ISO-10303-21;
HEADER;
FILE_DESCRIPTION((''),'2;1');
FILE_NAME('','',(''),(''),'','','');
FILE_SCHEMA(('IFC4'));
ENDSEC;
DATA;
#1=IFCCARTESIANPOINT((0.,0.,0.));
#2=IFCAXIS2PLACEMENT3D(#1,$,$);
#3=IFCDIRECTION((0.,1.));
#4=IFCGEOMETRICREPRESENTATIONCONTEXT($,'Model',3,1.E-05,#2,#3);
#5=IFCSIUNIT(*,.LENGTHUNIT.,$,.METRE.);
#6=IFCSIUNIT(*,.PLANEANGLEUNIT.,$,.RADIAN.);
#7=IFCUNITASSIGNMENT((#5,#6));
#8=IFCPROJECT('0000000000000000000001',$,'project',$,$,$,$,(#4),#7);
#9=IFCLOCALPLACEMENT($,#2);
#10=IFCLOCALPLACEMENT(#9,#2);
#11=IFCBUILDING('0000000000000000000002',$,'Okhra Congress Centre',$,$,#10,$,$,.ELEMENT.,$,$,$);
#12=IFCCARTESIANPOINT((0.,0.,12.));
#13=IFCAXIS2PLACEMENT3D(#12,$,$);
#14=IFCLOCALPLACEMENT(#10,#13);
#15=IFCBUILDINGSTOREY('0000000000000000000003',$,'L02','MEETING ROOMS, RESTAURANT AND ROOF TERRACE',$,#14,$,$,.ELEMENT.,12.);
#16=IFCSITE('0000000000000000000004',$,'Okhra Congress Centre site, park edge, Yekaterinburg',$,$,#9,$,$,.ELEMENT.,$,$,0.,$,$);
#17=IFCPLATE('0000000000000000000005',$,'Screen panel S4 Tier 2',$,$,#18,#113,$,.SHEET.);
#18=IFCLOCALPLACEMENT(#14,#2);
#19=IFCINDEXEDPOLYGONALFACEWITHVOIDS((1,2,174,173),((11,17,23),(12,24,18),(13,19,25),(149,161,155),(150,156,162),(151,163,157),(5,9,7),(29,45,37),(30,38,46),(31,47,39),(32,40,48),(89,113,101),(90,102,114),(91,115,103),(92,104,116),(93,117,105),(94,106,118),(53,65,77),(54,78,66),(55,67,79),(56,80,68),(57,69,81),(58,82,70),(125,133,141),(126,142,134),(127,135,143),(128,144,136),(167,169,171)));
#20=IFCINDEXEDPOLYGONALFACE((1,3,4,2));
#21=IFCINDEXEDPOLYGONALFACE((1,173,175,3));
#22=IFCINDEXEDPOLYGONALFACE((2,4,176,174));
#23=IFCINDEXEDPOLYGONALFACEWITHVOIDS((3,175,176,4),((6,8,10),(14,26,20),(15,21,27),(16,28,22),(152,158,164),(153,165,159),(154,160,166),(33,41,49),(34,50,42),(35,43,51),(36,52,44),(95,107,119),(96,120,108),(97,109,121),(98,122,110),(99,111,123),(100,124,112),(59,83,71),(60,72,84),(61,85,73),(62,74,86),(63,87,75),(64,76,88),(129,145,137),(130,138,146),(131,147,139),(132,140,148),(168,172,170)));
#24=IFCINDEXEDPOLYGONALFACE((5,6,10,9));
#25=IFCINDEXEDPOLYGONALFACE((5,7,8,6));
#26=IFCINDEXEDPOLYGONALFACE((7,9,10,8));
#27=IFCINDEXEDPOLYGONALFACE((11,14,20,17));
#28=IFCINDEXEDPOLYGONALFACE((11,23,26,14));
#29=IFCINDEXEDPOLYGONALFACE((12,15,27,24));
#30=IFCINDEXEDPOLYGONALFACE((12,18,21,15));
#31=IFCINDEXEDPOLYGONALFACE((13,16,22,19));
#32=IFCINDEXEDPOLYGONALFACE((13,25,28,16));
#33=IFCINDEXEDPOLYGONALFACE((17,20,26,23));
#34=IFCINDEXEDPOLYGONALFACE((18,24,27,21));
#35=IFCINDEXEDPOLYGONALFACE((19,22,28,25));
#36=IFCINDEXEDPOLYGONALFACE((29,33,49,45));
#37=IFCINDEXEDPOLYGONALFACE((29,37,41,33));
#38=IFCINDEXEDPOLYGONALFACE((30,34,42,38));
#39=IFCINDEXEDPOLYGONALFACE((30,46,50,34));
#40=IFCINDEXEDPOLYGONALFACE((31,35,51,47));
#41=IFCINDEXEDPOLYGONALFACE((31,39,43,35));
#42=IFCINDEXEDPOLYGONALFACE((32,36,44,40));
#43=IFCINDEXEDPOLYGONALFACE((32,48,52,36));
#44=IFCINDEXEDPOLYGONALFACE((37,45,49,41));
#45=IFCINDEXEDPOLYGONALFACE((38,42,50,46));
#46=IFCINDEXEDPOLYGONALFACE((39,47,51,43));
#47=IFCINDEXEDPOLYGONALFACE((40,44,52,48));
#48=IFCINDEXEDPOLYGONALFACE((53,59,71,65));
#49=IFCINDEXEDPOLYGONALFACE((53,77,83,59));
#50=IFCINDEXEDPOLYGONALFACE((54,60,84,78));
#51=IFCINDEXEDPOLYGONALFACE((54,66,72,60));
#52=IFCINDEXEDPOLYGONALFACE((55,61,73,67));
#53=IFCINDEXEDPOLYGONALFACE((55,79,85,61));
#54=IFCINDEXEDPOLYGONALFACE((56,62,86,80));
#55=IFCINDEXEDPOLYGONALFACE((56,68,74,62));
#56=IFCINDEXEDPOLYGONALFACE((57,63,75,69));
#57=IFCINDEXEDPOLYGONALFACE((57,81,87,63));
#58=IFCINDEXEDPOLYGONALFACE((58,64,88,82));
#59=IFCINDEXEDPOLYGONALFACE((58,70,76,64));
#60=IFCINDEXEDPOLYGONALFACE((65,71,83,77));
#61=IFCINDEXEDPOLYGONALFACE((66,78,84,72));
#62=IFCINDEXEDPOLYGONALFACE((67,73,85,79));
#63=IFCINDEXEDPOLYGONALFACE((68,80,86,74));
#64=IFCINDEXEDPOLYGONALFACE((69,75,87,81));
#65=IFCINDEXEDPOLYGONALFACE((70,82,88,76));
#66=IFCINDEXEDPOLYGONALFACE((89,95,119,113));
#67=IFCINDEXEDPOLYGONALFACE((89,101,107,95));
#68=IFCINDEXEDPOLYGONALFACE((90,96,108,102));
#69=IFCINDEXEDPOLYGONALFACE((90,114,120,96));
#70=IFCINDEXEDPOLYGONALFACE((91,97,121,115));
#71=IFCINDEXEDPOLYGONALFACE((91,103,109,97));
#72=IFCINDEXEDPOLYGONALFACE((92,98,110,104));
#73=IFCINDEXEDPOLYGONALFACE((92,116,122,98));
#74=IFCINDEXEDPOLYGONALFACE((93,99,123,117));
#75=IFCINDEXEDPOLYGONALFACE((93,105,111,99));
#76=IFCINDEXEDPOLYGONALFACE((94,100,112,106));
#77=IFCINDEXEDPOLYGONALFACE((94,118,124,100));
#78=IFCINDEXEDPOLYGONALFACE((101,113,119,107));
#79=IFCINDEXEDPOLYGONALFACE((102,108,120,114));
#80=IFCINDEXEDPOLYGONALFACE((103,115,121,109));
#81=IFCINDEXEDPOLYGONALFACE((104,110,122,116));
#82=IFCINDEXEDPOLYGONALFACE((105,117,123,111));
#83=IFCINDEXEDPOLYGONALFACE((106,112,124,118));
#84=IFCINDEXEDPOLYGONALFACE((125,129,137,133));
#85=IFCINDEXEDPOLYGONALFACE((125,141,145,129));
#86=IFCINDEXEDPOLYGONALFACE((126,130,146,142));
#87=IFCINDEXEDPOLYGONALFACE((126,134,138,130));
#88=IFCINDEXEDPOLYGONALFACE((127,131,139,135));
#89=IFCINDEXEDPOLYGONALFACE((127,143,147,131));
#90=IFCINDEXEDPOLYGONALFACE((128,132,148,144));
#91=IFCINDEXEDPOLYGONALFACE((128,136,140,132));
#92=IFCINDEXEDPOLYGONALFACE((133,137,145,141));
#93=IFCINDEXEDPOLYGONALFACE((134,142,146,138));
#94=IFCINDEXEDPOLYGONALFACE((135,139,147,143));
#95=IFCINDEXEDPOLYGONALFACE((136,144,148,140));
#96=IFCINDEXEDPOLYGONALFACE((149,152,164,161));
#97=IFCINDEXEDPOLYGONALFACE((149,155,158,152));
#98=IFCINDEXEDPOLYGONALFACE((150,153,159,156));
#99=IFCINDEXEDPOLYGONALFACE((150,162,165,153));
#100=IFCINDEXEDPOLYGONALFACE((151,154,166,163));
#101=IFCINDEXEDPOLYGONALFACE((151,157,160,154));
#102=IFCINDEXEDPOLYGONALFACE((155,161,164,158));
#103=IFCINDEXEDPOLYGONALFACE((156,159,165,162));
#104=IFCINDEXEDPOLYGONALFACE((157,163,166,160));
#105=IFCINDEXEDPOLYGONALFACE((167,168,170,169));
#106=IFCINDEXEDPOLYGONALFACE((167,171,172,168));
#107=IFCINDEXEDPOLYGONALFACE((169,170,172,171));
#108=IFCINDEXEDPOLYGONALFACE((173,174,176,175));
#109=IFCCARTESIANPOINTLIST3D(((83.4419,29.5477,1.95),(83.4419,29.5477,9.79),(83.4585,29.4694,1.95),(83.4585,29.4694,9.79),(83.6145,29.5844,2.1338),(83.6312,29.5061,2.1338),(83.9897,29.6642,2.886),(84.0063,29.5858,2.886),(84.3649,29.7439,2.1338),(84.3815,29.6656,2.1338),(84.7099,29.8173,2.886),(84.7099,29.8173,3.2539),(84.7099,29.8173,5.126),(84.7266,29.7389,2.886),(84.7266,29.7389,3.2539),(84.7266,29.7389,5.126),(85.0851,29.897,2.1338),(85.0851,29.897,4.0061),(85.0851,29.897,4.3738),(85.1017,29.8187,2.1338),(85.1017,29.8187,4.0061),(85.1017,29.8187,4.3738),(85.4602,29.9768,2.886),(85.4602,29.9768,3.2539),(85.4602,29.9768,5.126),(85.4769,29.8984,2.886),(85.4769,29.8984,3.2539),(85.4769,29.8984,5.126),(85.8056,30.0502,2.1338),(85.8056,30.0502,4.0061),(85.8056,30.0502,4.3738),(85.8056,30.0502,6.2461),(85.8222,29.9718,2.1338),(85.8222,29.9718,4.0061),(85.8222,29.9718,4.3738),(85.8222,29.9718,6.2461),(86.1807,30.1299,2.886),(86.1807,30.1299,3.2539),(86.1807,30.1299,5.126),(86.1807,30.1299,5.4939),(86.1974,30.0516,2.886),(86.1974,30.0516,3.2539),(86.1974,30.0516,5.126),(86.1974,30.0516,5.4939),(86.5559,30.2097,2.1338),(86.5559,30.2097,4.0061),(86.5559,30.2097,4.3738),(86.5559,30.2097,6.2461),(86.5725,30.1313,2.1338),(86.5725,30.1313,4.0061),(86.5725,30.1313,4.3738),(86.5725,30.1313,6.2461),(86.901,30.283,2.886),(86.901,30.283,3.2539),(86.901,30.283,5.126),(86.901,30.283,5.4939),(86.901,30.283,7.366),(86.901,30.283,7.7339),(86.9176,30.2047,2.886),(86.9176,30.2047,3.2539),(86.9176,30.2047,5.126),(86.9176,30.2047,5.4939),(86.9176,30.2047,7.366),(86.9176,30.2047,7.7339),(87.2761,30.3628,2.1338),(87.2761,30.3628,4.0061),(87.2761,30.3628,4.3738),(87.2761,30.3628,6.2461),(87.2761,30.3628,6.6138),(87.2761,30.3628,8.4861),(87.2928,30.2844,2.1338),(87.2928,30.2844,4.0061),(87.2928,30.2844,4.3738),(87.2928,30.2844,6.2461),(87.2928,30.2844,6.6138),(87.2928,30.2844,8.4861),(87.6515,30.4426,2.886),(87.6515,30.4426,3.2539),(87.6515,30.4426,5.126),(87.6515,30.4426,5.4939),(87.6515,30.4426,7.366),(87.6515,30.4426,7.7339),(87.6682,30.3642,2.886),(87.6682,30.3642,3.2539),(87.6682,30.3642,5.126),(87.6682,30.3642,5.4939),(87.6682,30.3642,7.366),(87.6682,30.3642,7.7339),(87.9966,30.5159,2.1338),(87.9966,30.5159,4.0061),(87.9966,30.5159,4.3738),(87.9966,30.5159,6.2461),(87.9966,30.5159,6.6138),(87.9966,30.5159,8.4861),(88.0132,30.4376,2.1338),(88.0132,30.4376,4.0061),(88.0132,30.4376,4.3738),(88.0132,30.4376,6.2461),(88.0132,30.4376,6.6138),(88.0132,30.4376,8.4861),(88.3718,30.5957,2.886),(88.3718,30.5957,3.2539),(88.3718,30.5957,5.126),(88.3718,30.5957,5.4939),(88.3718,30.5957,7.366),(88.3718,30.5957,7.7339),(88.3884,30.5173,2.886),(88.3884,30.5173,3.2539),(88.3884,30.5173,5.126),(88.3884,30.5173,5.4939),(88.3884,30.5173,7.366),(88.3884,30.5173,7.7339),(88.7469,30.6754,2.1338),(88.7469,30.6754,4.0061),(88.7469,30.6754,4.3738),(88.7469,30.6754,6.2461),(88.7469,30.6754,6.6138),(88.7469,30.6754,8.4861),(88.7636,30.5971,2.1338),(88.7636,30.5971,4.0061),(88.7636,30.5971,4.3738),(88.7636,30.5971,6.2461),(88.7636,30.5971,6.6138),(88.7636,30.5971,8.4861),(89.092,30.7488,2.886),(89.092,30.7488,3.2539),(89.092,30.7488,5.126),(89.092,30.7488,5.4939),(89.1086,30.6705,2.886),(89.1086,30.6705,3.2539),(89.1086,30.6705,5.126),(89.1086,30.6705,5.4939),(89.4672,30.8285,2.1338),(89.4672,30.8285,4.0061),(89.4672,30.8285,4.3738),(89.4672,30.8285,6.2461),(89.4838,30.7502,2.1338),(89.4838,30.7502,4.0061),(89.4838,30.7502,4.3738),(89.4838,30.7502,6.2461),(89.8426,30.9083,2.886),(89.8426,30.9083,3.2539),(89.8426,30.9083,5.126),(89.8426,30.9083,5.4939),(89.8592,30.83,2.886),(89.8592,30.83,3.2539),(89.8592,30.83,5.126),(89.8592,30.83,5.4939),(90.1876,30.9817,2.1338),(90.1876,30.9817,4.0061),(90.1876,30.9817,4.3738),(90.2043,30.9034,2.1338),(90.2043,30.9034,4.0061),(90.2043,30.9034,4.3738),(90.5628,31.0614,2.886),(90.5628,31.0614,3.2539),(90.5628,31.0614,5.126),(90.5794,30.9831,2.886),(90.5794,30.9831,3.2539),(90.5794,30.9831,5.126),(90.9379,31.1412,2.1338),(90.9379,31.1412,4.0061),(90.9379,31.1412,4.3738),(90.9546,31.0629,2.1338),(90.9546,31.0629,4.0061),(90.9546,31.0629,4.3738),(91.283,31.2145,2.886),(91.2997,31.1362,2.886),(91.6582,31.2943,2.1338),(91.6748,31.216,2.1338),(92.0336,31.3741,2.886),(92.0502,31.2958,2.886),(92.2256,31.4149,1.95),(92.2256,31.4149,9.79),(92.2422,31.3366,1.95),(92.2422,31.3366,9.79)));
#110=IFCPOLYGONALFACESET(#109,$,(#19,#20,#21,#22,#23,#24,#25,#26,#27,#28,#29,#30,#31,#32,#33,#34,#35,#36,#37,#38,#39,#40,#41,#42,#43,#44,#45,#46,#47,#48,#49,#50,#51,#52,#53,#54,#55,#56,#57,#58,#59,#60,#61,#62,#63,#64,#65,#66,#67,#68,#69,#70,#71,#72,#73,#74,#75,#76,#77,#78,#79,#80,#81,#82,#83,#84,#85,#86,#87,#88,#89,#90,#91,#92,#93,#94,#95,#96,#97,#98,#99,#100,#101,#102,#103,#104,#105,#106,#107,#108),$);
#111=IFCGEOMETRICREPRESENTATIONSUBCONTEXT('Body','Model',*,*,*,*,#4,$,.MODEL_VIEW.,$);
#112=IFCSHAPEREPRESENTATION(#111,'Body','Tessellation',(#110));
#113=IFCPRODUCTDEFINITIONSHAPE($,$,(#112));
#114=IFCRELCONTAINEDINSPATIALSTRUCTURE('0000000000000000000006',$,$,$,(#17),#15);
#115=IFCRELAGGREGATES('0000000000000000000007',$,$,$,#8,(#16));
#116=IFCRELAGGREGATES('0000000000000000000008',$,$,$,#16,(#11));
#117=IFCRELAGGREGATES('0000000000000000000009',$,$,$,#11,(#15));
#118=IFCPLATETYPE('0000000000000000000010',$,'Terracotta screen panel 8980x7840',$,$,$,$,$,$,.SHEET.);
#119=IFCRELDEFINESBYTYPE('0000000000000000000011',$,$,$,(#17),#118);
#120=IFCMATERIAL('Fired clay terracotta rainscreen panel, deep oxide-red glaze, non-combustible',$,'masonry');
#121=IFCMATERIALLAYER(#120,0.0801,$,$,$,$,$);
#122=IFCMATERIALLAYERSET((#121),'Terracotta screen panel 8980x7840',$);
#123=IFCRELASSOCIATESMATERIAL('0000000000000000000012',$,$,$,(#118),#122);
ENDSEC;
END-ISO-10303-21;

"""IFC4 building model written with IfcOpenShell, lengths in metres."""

from ifc_helpers import new_model, si_unit, direction, frame, origin, place, context, subcontext, project, spatial, polyline, outline, extrude, material, layer, layer_set, type_object, element, save


model = new_model("IFC4")

# Units and contexts
model_context = context("Model", 3, precision=1e-05, world=origin(), true_north=direction((0.0, 1.0)))
body_context = subcontext(model_context, "Body", "Model", "MODEL_VIEW")
ifc_project = project(units=[si_unit("LENGTHUNIT", "METRE"), si_unit("PLANEANGLEUNIT", "RADIAN")], contexts=[model_context])

# Site, building, storey
site_placement = place(None, origin())
site = spatial("IfcSite", under=ifc_project, at=site_placement, Name="Okhra Congress Centre site, park edge, Yekaterinburg", CompositionType="ELEMENT", RefElevation=0.0)
building_placement = place(site_placement, origin())
building = spatial("IfcBuilding", under=site, at=building_placement, Name="Okhra Congress Centre", CompositionType="ELEMENT")
storey_placement = place(building_placement, frame((0.0, 0.0, 12.0)))
storey = spatial("IfcBuildingStorey", under=building, at=storey_placement, Name="L02", Description="MEETING ROOMS, RESTAURANT AND ROOF TERRACE", CompositionType="ELEMENT", Elevation=12.0)

# Plate
ifc_material_1 = material(Name="Fired clay terracotta rainscreen panel, deep oxide-red glaze, non-combustible", Category="masonry")
ifc_layer_1 = layer(ifc_material_1, 0.0801)
ifc_layer_set_1 = layer_set([ifc_layer_1], Name="Terracotta screen panel 8980x7840")
plate_type = type_object("IfcPlateType", Name="Terracotta screen panel 8980x7840", PredefinedType="SHEET", material=ifc_layer_set_1)
plate_1_placement = place(storey_placement, frame((83.4502, 29.5085, 1.95), z_axis=(0.0, 0.0, 1.0), x_axis=(0.978144, 0.207928, 0.0)))
element("IfcPlate", 1, at=plate_1_placement, inside=storey, type_object=plate_type, Name="Screen panel S4 Tier 2", PredefinedType="SHEET", context=body_context, shape_type="SweptSolid", body=[
    extrude(outline(polyline([(0.0, 0.0), (8.98, 0.0), (8.98, 7.8401), (0.0, 7.8401), (0.0, 0.0)]), holes=[polyline([(0.1765, 0.1838), (0.9436, 0.1838), (0.5601, 0.936), (0.1765, 0.1838)]), polyline([(1.2964, 0.936), (1.6799, 0.1838), (2.0635, 0.936), (1.2964, 0.936)]), polyline([(2.4165, 0.1838), (3.1836, 0.1838), (2.8, 0.936), (2.4165, 0.1838)]), polyline([(3.5364, 0.936), (3.9199, 0.1838), (4.3037, 0.936), (3.5364, 0.936)]), polyline([(4.6565, 0.1838), (5.4236, 0.1838), (5.04, 0.936), (4.6565, 0.1838)]), polyline([(5.7764, 0.936), (6.1599, 0.1838), (6.5437, 0.936), (5.7764, 0.936)]), polyline([(6.8965, 0.1838), (7.6636, 0.1838), (7.28, 0.936), (6.8965, 0.1838)]), polyline([(8.0164, 0.936), (8.3999, 0.1838), (8.7837, 0.936), (8.0164, 0.936)]), polyline([(1.2964, 1.304), (2.0635, 1.304), (1.6799, 2.0562), (1.2964, 1.304)]), polyline([(2.4165, 2.0562), (2.8, 1.304), (3.1836, 2.0562), (2.4165, 2.0562)]), polyline([(3.5364, 1.304), (4.3037, 1.304), (3.9199, 2.0562), (3.5364, 1.304)]), polyline([(4.6565, 2.0562), (5.04, 1.304), (5.4236, 2.0562), (4.6565, 2.0562)]), polyline([(5.7764, 1.304), (6.5437, 1.304), (6.1599, 2.0562), (5.7764, 1.304)]), polyline([(6.8965, 2.0562), (7.28, 1.304), (7.6636, 2.0562), (6.8965, 2.0562)]), polyline([(1.2964, 3.176), (1.6799, 2.4238), (2.0635, 3.176), (1.2964, 3.176)]), polyline([(2.4165, 2.4238), (3.1836, 2.4238), (2.8, 3.176), (2.4165, 2.4238)]), polyline([(3.5364, 3.176), (3.9199, 2.4238), (4.3037, 3.176), (3.5364, 3.176)]), polyline([(4.6565, 2.4238), (5.4236, 2.4238), (5.04, 3.176), (4.6565, 2.4238)]), polyline([(5.7764, 3.176), (6.1599, 2.4238), (6.5437, 3.176), (5.7764, 3.176)]), polyline([(6.8965, 2.4238), (7.6636, 2.4238), (7.28, 3.176), (6.8965, 2.4238)]), polyline([(2.4165, 4.2961), (2.8, 3.5439), (3.1836, 4.2961), (2.4165, 4.2961)]), polyline([(3.5364, 3.5439), (4.3037, 3.5439), (3.9199, 4.2961), (3.5364, 3.5439)]), polyline([(4.6565, 4.2961), (5.04, 3.5439), (5.4236, 4.2961), (4.6565, 4.2961)]), polyline([(5.7764, 3.5439), (6.5437, 3.5439), (6.1599, 4.2961), (5.7764, 3.5439)]), polyline([(3.5364, 5.416), (3.9199, 4.6638), (4.3037, 5.416), (3.5364, 5.416)]), polyline([(4.6565, 4.6638), (5.4236, 4.6638), (5.04, 5.416), (4.6565, 4.6638)]), polyline([(3.5364, 5.7839), (4.3037, 5.7839), (3.9199, 6.5361), (3.5364, 5.7839)]), polyline([(4.6565, 6.5361), (5.04, 5.7839), (5.4236, 6.5361), (4.6565, 6.5361)])]), frame((0.0, 0.04, 0.0), z_axis=(0.0, -1.0, 0.0), x_axis=(1.0, 0.0, 0.0)), (0.0, 0.0, 1.0), 0.0801),
])

save(model, "model.ifc")
